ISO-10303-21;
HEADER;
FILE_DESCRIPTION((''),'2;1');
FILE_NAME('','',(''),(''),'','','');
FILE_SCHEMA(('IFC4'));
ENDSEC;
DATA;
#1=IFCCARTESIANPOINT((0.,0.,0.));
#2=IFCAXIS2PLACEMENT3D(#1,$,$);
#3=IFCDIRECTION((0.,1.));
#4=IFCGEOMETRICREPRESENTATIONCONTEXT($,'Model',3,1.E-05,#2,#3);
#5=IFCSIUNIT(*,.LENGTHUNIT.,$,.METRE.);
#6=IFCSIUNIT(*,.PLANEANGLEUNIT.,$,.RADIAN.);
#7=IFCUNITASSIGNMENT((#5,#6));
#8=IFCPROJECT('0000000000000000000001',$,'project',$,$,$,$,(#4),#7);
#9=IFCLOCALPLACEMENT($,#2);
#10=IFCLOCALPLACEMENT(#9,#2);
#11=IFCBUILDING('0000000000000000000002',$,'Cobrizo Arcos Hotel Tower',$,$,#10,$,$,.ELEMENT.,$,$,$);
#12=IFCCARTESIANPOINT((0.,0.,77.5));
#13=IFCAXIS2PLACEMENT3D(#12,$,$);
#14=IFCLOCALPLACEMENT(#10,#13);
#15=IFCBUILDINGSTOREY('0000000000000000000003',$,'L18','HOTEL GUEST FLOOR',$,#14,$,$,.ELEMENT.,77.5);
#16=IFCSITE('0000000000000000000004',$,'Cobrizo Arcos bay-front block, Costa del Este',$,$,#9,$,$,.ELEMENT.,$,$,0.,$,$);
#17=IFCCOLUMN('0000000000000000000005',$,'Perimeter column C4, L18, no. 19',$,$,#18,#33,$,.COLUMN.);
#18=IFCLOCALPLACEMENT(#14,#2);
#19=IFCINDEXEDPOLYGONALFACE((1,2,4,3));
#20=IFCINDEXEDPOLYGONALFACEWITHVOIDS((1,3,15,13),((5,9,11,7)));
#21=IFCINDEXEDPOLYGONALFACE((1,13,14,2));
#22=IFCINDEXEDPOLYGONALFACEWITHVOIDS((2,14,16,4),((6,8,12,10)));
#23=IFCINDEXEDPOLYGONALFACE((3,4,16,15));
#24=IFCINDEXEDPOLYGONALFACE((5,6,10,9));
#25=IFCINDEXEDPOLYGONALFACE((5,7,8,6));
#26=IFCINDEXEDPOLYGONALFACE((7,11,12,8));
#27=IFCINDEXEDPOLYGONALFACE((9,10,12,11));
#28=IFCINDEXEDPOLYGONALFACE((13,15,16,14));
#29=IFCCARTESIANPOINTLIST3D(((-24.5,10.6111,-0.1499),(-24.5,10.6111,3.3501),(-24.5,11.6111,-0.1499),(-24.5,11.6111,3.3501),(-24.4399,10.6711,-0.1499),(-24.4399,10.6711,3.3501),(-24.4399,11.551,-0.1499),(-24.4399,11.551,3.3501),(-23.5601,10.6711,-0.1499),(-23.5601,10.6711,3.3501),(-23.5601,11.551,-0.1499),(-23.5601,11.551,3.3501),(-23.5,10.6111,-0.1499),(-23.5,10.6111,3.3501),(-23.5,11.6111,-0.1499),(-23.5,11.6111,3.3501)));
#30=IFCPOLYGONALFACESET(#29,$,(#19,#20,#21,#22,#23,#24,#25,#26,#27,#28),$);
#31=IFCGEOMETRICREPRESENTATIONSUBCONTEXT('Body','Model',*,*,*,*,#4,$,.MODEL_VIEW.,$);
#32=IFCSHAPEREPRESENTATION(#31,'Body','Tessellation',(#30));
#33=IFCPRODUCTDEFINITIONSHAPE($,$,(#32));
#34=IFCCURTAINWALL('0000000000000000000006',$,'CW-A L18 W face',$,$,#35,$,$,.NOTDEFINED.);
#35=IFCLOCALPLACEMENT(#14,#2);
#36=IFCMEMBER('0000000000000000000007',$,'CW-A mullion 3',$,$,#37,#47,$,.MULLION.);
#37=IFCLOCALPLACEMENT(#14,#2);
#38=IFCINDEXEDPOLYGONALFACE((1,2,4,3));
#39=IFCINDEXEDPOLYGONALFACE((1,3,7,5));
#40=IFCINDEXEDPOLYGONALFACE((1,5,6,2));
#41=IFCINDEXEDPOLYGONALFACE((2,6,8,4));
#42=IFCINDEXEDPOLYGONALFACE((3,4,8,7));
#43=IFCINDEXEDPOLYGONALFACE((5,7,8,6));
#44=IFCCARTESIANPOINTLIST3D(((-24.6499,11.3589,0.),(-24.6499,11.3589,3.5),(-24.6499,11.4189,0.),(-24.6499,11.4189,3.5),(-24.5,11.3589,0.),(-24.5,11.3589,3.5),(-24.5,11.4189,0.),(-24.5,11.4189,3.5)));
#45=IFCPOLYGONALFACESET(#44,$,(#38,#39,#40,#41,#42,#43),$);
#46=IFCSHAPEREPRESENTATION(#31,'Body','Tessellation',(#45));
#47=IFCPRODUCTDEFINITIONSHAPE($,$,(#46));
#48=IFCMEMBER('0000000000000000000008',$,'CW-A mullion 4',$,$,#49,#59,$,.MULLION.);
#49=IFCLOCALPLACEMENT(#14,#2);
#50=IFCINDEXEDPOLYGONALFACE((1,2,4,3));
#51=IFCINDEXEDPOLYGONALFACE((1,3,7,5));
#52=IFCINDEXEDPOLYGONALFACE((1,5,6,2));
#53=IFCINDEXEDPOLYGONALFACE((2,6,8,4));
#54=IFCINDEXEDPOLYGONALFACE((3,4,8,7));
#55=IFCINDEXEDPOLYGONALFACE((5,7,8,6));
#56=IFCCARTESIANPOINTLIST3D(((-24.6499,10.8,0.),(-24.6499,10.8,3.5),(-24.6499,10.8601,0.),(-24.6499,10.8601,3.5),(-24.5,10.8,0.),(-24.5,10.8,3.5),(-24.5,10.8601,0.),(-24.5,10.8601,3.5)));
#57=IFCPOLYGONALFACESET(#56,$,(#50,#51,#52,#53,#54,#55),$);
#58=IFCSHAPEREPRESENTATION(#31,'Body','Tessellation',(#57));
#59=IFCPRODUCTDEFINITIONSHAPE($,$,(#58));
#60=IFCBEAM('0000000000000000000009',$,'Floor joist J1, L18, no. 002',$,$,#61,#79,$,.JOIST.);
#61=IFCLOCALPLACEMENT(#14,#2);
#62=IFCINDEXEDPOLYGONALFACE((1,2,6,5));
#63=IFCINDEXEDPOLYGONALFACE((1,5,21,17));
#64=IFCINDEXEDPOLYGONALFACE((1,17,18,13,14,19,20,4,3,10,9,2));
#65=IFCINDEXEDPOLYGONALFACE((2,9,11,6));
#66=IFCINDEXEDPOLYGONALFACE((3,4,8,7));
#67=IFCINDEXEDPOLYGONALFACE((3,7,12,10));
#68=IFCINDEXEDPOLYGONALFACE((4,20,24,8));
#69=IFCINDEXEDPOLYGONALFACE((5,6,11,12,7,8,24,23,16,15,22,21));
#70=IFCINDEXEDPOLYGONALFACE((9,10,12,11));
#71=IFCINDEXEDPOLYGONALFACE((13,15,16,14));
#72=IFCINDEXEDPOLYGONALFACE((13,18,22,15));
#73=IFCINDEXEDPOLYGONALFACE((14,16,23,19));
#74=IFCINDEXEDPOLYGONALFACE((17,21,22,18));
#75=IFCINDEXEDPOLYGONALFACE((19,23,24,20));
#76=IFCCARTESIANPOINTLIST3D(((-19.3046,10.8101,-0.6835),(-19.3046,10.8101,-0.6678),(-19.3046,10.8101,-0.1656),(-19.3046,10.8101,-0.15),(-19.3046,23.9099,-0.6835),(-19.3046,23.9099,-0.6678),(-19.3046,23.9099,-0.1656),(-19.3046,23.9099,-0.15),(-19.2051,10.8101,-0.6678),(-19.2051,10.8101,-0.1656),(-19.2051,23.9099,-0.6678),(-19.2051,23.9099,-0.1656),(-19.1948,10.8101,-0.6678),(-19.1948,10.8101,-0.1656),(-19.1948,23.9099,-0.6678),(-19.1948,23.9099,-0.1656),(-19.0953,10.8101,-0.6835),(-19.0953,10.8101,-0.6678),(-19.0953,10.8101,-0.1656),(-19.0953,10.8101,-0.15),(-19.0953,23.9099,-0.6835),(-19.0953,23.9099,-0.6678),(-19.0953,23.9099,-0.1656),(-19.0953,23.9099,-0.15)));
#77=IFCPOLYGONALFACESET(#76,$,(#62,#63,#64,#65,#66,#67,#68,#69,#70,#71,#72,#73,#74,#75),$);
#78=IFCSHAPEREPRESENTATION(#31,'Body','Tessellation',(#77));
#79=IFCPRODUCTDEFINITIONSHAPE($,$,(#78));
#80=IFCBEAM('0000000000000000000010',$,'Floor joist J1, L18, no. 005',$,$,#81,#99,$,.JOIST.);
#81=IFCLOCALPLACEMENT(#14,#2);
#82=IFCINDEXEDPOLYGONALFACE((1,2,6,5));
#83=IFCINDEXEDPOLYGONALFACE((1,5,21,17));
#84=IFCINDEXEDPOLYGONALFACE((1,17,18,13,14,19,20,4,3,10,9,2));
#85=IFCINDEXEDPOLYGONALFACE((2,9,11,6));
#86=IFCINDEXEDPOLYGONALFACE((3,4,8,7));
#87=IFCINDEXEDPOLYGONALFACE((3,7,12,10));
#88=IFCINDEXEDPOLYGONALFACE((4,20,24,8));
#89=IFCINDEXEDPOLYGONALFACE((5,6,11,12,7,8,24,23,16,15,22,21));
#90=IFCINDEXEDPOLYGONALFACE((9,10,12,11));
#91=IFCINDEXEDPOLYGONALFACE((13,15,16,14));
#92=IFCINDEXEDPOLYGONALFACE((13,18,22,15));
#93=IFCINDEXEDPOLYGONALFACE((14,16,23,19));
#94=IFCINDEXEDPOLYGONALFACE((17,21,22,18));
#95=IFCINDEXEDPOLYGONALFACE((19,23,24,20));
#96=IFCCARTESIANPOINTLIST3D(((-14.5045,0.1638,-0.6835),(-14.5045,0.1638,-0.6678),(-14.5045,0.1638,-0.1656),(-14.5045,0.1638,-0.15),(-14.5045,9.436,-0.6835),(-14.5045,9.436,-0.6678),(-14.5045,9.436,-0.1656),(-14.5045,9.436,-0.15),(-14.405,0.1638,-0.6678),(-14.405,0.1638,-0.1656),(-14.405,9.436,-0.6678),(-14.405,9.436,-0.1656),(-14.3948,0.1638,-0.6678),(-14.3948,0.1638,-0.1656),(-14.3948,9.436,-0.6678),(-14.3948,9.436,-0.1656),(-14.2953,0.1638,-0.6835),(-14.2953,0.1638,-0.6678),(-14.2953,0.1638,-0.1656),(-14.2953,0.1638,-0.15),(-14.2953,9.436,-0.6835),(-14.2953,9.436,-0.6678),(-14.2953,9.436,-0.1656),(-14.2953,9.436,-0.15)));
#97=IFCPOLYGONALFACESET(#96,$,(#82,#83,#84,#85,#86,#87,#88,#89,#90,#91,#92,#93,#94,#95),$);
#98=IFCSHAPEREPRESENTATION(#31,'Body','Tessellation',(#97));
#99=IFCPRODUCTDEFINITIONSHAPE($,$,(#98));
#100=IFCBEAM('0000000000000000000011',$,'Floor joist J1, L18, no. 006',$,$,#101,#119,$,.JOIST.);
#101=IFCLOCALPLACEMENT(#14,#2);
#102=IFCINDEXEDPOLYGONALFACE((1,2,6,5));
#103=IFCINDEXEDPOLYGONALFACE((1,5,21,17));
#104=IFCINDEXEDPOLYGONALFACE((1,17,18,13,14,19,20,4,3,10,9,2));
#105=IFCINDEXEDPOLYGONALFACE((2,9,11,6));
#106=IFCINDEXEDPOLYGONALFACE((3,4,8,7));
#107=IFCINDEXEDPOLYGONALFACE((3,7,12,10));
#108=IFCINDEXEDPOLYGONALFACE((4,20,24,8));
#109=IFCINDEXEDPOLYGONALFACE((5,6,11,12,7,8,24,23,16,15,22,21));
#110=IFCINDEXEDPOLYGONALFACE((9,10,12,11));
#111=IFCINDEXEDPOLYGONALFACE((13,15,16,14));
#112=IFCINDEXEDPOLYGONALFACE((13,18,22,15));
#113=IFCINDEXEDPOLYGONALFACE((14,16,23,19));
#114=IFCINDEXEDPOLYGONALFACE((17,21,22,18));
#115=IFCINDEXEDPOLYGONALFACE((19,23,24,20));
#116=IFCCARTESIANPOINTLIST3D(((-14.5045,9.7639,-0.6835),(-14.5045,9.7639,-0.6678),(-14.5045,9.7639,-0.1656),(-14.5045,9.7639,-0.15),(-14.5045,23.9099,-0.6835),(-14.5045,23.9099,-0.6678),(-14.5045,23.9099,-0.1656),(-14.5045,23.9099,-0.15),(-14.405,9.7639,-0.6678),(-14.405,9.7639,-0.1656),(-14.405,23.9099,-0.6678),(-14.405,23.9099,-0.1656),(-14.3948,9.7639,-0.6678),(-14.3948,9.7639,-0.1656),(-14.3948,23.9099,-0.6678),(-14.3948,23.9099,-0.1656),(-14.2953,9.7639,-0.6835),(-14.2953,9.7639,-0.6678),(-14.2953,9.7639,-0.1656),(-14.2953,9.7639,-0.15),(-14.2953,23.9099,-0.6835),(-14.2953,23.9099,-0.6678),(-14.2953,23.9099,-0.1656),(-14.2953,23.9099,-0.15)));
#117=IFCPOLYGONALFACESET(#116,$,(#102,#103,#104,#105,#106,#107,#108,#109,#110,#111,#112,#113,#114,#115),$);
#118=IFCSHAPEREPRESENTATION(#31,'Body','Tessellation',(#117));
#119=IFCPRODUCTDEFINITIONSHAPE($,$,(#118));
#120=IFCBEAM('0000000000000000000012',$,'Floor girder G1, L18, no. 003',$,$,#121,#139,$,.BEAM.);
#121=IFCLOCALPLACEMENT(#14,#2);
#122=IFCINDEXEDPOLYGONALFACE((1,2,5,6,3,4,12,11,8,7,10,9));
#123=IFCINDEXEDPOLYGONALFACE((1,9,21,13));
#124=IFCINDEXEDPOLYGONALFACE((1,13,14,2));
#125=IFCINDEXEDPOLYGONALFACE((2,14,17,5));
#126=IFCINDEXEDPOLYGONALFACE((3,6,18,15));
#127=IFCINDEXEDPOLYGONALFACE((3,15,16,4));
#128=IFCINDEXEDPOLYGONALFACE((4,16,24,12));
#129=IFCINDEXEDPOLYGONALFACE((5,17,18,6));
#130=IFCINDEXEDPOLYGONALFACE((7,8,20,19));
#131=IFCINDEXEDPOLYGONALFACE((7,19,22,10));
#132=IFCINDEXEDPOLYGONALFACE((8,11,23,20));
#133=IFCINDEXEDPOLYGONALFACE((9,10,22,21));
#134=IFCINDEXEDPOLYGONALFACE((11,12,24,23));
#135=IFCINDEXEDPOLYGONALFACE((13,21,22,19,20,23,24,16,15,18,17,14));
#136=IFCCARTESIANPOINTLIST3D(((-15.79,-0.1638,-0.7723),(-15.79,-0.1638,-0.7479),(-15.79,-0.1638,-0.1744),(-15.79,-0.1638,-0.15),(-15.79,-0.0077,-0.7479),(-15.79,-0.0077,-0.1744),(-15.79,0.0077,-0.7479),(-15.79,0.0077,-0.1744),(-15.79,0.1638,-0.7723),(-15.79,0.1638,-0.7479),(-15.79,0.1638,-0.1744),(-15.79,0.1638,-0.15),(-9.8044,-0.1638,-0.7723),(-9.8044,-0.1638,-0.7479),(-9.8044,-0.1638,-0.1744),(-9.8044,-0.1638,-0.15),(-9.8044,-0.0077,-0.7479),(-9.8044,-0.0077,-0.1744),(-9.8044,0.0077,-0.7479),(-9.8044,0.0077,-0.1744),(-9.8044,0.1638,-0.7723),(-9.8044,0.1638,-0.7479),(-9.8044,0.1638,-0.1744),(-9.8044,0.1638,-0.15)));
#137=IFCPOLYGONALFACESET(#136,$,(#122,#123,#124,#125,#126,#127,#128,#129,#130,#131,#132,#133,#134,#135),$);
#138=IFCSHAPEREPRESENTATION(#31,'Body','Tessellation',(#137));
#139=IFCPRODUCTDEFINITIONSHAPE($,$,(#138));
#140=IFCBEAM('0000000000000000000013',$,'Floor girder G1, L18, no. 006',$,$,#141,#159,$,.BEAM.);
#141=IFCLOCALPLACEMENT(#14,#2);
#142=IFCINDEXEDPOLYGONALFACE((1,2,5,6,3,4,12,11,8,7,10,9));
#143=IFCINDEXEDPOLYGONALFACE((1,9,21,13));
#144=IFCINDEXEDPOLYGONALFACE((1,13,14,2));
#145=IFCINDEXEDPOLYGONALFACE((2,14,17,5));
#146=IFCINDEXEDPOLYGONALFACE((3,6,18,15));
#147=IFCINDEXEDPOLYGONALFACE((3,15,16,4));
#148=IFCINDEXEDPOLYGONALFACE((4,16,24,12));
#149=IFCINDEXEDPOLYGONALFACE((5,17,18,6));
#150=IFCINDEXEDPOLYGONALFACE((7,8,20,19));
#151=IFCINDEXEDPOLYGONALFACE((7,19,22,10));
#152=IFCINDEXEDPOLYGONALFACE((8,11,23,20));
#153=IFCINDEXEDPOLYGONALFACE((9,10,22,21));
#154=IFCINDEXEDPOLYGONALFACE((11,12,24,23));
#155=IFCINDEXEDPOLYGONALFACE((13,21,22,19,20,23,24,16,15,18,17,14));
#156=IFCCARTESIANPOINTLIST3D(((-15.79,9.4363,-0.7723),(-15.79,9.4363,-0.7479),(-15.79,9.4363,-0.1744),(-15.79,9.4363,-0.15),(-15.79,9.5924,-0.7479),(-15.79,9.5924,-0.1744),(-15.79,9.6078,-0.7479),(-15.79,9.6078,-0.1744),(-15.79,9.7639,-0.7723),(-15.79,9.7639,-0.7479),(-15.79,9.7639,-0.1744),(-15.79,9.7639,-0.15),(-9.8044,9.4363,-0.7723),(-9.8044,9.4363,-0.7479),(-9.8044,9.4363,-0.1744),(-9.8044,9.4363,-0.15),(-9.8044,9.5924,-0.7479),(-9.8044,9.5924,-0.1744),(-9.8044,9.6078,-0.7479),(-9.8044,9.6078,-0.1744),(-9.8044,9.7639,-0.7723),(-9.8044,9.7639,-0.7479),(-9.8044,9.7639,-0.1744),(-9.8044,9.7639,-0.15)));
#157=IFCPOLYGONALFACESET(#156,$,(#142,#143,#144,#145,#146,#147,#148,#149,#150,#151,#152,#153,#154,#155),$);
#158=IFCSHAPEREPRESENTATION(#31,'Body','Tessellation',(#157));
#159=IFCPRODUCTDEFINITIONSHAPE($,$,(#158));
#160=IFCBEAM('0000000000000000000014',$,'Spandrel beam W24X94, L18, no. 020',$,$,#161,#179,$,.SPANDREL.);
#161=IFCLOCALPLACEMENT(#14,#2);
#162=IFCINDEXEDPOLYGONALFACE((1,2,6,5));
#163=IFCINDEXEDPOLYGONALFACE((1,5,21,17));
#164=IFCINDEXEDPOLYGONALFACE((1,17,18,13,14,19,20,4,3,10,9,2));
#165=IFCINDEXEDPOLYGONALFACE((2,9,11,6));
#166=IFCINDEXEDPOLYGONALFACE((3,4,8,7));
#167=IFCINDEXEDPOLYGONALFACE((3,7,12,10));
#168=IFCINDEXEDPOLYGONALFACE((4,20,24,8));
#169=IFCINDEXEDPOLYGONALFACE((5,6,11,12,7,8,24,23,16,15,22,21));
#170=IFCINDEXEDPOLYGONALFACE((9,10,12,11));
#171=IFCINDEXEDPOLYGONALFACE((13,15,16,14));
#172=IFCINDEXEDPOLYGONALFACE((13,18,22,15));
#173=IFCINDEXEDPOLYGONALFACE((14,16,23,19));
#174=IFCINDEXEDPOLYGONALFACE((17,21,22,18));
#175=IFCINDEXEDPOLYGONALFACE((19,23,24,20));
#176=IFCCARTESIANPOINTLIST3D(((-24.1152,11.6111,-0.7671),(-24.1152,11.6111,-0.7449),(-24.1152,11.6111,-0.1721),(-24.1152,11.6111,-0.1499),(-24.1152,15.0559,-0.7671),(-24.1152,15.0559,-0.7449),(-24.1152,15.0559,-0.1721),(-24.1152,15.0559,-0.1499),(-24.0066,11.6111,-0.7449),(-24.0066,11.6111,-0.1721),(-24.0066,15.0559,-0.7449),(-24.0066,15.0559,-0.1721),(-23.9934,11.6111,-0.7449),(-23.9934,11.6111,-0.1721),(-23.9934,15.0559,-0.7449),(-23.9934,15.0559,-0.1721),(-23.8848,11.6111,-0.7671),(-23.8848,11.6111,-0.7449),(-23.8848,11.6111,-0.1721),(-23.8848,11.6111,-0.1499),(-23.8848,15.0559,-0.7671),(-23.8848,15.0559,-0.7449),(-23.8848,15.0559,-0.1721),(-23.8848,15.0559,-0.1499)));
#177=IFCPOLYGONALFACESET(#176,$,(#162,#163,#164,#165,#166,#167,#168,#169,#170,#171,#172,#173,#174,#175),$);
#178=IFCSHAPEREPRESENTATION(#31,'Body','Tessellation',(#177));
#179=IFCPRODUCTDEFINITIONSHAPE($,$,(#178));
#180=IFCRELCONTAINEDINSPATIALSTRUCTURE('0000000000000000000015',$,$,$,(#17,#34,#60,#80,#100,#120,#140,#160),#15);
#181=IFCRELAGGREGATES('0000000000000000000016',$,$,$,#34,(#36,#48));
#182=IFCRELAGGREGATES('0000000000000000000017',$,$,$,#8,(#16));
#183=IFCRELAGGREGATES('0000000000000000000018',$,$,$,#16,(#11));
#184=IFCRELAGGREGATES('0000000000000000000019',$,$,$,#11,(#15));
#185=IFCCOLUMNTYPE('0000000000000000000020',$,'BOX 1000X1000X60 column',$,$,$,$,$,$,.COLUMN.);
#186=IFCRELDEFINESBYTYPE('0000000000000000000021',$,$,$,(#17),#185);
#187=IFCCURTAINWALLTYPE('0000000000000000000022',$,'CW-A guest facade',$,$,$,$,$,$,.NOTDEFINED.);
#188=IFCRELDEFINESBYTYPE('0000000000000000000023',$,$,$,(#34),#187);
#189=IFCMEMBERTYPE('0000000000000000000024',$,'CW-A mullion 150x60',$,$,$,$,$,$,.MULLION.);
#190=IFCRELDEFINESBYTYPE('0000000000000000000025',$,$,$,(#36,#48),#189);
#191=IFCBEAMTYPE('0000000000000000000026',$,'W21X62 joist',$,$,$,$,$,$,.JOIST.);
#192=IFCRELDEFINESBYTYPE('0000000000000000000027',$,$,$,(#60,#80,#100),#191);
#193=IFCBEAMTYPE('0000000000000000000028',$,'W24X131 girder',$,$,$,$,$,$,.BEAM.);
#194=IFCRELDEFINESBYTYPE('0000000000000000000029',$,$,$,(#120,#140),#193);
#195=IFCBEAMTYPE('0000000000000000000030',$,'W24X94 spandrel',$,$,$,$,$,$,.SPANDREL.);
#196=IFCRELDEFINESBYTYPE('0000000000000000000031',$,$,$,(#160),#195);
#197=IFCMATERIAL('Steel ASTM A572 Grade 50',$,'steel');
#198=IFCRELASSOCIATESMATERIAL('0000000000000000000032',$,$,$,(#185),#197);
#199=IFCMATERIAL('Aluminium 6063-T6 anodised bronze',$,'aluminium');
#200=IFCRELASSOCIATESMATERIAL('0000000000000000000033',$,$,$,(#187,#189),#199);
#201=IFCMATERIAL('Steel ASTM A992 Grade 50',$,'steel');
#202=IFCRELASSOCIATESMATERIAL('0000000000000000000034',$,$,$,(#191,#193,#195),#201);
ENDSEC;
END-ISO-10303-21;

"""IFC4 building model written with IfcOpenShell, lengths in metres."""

from ifc_helpers import new_model, si_unit, direction, frame, origin, origin_2d, place, context, subcontext, project, spatial, rectangle, hollow_rectangle, i_section, extrude, material, material_profile, profile_set, type_object, element, aggregate, save


model = new_model("IFC4")

# Units and contexts
model_context = context("Model", 3, precision=1e-05, world=origin(), true_north=direction((0.0, 1.0)))
body_context = subcontext(model_context, "Body", "Model", "MODEL_VIEW")
ifc_project = project(units=[si_unit("LENGTHUNIT", "METRE"), si_unit("PLANEANGLEUNIT", "RADIAN")], contexts=[model_context])

# Site, building, storey
site_placement = place(None, origin())
site = spatial("IfcSite", under=ifc_project, at=site_placement, Name="Cobrizo Arcos bay-front block, Costa del Este", CompositionType="ELEMENT", RefElevation=0.0)
building_placement = place(site_placement, origin())
building = spatial("IfcBuilding", under=site, at=building_placement, Name="Cobrizo Arcos Hotel Tower", CompositionType="ELEMENT")
storey_placement = place(building_placement, frame((0.0, 0.0, 77.5)))
storey = spatial("IfcBuildingStorey", under=building, at=storey_placement, Name="L18", Description="HOTEL GUEST FLOOR", CompositionType="ELEMENT", Elevation=77.5)

# Column
ifc_material_1 = material(Name="Steel ASTM A572 Grade 50", Category="steel")
ifc_material_profile_1 = material_profile(ifc_material_1, hollow_rectangle(XDim=1.0, YDim=1.0, WallThickness=0.0601, at=origin_2d()), Name="BOX 1000X1000X60")
ifc_profile_set_1 = profile_set([ifc_material_profile_1], Name="Steel ASTM A572 Grade 50")
column_type = type_object("IfcColumnType", Name="BOX 1000X1000X60 column", PredefinedType="COLUMN", material=ifc_profile_set_1)
column_placement = place(storey_placement, frame((-24.0, 11.1111, -0.1499), z_axis=(0.0, 0.0, 1.0), x_axis=(1.0, 0.0, 0.0)))
element("IfcColumn", 1, at=column_placement, inside=storey, type_object=column_type, Name="Perimeter column C4, L18, no. 19", PredefinedType="COLUMN", context=body_context, shape_type="SweptSolid", body=[
    extrude(hollow_rectangle(XDim=1.0, YDim=1.0, WallThickness=0.0601, at=origin_2d()), origin(), (0.0, 0.0, 1.0), 3.5),
])

# Curtain wall, members
ifc_material_2 = material(Name="Aluminium 6063-T6 anodised bronze", Category="aluminium")
curtain_wall_type = type_object("IfcCurtainWallType", Name="CW-A guest facade", PredefinedType="NOTDEFINED", material=ifc_material_2)
curtain_wall_placement = place(storey_placement, origin())
curtain_wall = element("IfcCurtainWall", 2, at=curtain_wall_placement, inside=storey, type_object=curtain_wall_type, Name="CW-A L18 W face", PredefinedType="NOTDEFINED")
ifc_material_profile_2 = material_profile(ifc_material_2, rectangle(XDim=0.1499, YDim=0.0601, at=origin_2d()), Name="CW-A mullion 150x60")
ifc_profile_set_2 = profile_set([ifc_material_profile_2], Name="Aluminium 6063-T6 anodised bronze")
member_type = type_object("IfcMemberType", Name="CW-A mullion 150x60", PredefinedType="MULLION", material=ifc_profile_set_2)
member_1_placement = place(storey_placement, frame((-24.575, 11.3889, 0.0), z_axis=(0.0, 0.0, 1.0), x_axis=(-1.0, 0.0, 0.0)))
member_1 = element("IfcMember", 3, at=member_1_placement, type_object=member_type, Name="CW-A mullion 3", PredefinedType="MULLION", context=body_context, shape_type="SweptSolid", body=[
    extrude(rectangle(XDim=0.1499, YDim=0.0601, at=origin_2d()), origin(), (0.0, 0.0, 1.0), 3.5),
])
member_2_placement = place(storey_placement, frame((-24.575, 10.8301, 0.0), z_axis=(0.0, 0.0, 1.0), x_axis=(-1.0, 0.0, 0.0)))
member_2 = element("IfcMember", 4, at=member_2_placement, type_object=member_type, Name="CW-A mullion 4", PredefinedType="MULLION", context=body_context, shape_type="SweptSolid", body=[
    extrude(rectangle(XDim=0.1499, YDim=0.0601, at=origin_2d()), origin(), (0.0, 0.0, 1.0), 3.5),
])

# Beams
ifc_material_3 = material(Name="Steel ASTM A992 Grade 50", Category="steel")
ifc_material_profile_3 = material_profile(ifc_material_3, i_section(OverallWidth=0.2092, OverallDepth=0.5334, WebThickness=0.0103, FlangeThickness=0.0156, at=origin_2d()), Name="W21X62")
ifc_profile_set_3 = profile_set([ifc_material_profile_3], Name="Steel ASTM A992 Grade 50")
beam_type_1 = type_object("IfcBeamType", Name="W21X62 joist", PredefinedType="JOIST", material=ifc_profile_set_3)
beam_1_placement = place(storey_placement, frame((-19.2, 10.8101, -0.4167), z_axis=(0.0, 1.0, 0.0), x_axis=(-1.0, 0.0, 0.0)))
element("IfcBeam", 5, at=beam_1_placement, inside=storey, type_object=beam_type_1, Name="Floor joist J1, L18, no. 002", PredefinedType="JOIST", context=body_context, shape_type="SweptSolid", body=[
    extrude(i_section(OverallWidth=0.2092, OverallDepth=0.5334, WebThickness=0.0103, FlangeThickness=0.0156, at=origin_2d()), origin(), (0.0, 0.0, 1.0), 13.0999),
])
beam_2_placement = place(storey_placement, frame((-14.3999, 0.1638, -0.4167), z_axis=(0.0, 1.0, 0.0), x_axis=(-1.0, 0.0, 0.0)))
element("IfcBeam", 6, at=beam_2_placement, inside=storey, type_object=beam_type_1, Name="Floor joist J1, L18, no. 005", PredefinedType="JOIST", context=body_context, shape_type="SweptSolid", body=[
    extrude(i_section(OverallWidth=0.2092, OverallDepth=0.5334, WebThickness=0.0103, FlangeThickness=0.0156, at=origin_2d()), origin(), (0.0, 0.0, 1.0), 9.2722),
])
beam_3_placement = place(storey_placement, frame((-14.3999, 9.7639, -0.4167), z_axis=(0.0, 1.0, 0.0), x_axis=(-1.0, 0.0, 0.0)))
element("IfcBeam", 7, at=beam_3_placement, inside=storey, type_object=beam_type_1, Name="Floor joist J1, L18, no. 006", PredefinedType="JOIST", context=body_context, shape_type="SweptSolid", body=[
    extrude(i_section(OverallWidth=0.2092, OverallDepth=0.5334, WebThickness=0.0103, FlangeThickness=0.0156, at=origin_2d()), origin(), (0.0, 0.0, 1.0), 14.146),
])
ifc_material_profile_4 = material_profile(ifc_material_3, i_section(OverallWidth=0.3276, OverallDepth=0.6223, WebThickness=0.0154, FlangeThickness=0.0244, at=origin_2d()), Name="W24X131")
ifc_profile_set_4 = profile_set([ifc_material_profile_4], Name="Steel ASTM A992 Grade 50")
beam_type_2 = type_object("IfcBeamType", Name="W24X131 girder", PredefinedType="BEAM", material=ifc_profile_set_4)
for number, where, z_axis, x_axis, name in (
    (8, (-15.79, 0.0, -0.4612), (1.0, 0.0, 0.0), (0.0, 1.0, 0.0), "Floor girder G1, L18, no. 003"),
    (9, (-15.79, 9.6001, -0.4612), (1.0, 0.0, 0.0), (0.0, 1.0, 0.0), "Floor girder G1, L18, no. 006"),
):
    element("IfcBeam", number, at=place(storey_placement, frame(where, z_axis=z_axis, x_axis=x_axis)), inside=storey, type_object=beam_type_2, Name=name, PredefinedType="BEAM", context=body_context, shape_type="SweptSolid", body=[
        extrude(i_section(OverallWidth=0.3276, OverallDepth=0.6223, WebThickness=0.0154, FlangeThickness=0.0244, at=origin_2d()), origin(), (0.0, 0.0, 1.0), 5.9856),
    ])
ifc_material_profile_5 = material_profile(ifc_material_3, i_section(OverallWidth=0.2305, OverallDepth=0.6172, WebThickness=0.0132, FlangeThickness=0.0222, at=origin_2d()), Name="W24X94")
ifc_profile_set_5 = profile_set([ifc_material_profile_5], Name="Steel ASTM A992 Grade 50")
beam_type_3 = type_object("IfcBeamType", Name="W24X94 spandrel", PredefinedType="SPANDREL", material=ifc_profile_set_5)
beam_4_placement = place(storey_placement, frame((-24.0, 11.6111, -0.4585), z_axis=(0.0, 1.0, 0.0), x_axis=(-1.0, 0.0, 0.0)))
element("IfcBeam", 10, at=beam_4_placement, inside=storey, type_object=beam_type_3, Name="Spandrel beam W24X94, L18, no. 020", PredefinedType="SPANDREL", context=body_context, shape_type="SweptSolid", body=[
    extrude(i_section(OverallWidth=0.2305, OverallDepth=0.6172, WebThickness=0.0132, FlangeThickness=0.0222, at=origin_2d()), origin(), (0.0, 0.0, 1.0), 3.4448),
])

aggregate(curtain_wall, [member_1, member_2])

save(model, "model.ifc")
